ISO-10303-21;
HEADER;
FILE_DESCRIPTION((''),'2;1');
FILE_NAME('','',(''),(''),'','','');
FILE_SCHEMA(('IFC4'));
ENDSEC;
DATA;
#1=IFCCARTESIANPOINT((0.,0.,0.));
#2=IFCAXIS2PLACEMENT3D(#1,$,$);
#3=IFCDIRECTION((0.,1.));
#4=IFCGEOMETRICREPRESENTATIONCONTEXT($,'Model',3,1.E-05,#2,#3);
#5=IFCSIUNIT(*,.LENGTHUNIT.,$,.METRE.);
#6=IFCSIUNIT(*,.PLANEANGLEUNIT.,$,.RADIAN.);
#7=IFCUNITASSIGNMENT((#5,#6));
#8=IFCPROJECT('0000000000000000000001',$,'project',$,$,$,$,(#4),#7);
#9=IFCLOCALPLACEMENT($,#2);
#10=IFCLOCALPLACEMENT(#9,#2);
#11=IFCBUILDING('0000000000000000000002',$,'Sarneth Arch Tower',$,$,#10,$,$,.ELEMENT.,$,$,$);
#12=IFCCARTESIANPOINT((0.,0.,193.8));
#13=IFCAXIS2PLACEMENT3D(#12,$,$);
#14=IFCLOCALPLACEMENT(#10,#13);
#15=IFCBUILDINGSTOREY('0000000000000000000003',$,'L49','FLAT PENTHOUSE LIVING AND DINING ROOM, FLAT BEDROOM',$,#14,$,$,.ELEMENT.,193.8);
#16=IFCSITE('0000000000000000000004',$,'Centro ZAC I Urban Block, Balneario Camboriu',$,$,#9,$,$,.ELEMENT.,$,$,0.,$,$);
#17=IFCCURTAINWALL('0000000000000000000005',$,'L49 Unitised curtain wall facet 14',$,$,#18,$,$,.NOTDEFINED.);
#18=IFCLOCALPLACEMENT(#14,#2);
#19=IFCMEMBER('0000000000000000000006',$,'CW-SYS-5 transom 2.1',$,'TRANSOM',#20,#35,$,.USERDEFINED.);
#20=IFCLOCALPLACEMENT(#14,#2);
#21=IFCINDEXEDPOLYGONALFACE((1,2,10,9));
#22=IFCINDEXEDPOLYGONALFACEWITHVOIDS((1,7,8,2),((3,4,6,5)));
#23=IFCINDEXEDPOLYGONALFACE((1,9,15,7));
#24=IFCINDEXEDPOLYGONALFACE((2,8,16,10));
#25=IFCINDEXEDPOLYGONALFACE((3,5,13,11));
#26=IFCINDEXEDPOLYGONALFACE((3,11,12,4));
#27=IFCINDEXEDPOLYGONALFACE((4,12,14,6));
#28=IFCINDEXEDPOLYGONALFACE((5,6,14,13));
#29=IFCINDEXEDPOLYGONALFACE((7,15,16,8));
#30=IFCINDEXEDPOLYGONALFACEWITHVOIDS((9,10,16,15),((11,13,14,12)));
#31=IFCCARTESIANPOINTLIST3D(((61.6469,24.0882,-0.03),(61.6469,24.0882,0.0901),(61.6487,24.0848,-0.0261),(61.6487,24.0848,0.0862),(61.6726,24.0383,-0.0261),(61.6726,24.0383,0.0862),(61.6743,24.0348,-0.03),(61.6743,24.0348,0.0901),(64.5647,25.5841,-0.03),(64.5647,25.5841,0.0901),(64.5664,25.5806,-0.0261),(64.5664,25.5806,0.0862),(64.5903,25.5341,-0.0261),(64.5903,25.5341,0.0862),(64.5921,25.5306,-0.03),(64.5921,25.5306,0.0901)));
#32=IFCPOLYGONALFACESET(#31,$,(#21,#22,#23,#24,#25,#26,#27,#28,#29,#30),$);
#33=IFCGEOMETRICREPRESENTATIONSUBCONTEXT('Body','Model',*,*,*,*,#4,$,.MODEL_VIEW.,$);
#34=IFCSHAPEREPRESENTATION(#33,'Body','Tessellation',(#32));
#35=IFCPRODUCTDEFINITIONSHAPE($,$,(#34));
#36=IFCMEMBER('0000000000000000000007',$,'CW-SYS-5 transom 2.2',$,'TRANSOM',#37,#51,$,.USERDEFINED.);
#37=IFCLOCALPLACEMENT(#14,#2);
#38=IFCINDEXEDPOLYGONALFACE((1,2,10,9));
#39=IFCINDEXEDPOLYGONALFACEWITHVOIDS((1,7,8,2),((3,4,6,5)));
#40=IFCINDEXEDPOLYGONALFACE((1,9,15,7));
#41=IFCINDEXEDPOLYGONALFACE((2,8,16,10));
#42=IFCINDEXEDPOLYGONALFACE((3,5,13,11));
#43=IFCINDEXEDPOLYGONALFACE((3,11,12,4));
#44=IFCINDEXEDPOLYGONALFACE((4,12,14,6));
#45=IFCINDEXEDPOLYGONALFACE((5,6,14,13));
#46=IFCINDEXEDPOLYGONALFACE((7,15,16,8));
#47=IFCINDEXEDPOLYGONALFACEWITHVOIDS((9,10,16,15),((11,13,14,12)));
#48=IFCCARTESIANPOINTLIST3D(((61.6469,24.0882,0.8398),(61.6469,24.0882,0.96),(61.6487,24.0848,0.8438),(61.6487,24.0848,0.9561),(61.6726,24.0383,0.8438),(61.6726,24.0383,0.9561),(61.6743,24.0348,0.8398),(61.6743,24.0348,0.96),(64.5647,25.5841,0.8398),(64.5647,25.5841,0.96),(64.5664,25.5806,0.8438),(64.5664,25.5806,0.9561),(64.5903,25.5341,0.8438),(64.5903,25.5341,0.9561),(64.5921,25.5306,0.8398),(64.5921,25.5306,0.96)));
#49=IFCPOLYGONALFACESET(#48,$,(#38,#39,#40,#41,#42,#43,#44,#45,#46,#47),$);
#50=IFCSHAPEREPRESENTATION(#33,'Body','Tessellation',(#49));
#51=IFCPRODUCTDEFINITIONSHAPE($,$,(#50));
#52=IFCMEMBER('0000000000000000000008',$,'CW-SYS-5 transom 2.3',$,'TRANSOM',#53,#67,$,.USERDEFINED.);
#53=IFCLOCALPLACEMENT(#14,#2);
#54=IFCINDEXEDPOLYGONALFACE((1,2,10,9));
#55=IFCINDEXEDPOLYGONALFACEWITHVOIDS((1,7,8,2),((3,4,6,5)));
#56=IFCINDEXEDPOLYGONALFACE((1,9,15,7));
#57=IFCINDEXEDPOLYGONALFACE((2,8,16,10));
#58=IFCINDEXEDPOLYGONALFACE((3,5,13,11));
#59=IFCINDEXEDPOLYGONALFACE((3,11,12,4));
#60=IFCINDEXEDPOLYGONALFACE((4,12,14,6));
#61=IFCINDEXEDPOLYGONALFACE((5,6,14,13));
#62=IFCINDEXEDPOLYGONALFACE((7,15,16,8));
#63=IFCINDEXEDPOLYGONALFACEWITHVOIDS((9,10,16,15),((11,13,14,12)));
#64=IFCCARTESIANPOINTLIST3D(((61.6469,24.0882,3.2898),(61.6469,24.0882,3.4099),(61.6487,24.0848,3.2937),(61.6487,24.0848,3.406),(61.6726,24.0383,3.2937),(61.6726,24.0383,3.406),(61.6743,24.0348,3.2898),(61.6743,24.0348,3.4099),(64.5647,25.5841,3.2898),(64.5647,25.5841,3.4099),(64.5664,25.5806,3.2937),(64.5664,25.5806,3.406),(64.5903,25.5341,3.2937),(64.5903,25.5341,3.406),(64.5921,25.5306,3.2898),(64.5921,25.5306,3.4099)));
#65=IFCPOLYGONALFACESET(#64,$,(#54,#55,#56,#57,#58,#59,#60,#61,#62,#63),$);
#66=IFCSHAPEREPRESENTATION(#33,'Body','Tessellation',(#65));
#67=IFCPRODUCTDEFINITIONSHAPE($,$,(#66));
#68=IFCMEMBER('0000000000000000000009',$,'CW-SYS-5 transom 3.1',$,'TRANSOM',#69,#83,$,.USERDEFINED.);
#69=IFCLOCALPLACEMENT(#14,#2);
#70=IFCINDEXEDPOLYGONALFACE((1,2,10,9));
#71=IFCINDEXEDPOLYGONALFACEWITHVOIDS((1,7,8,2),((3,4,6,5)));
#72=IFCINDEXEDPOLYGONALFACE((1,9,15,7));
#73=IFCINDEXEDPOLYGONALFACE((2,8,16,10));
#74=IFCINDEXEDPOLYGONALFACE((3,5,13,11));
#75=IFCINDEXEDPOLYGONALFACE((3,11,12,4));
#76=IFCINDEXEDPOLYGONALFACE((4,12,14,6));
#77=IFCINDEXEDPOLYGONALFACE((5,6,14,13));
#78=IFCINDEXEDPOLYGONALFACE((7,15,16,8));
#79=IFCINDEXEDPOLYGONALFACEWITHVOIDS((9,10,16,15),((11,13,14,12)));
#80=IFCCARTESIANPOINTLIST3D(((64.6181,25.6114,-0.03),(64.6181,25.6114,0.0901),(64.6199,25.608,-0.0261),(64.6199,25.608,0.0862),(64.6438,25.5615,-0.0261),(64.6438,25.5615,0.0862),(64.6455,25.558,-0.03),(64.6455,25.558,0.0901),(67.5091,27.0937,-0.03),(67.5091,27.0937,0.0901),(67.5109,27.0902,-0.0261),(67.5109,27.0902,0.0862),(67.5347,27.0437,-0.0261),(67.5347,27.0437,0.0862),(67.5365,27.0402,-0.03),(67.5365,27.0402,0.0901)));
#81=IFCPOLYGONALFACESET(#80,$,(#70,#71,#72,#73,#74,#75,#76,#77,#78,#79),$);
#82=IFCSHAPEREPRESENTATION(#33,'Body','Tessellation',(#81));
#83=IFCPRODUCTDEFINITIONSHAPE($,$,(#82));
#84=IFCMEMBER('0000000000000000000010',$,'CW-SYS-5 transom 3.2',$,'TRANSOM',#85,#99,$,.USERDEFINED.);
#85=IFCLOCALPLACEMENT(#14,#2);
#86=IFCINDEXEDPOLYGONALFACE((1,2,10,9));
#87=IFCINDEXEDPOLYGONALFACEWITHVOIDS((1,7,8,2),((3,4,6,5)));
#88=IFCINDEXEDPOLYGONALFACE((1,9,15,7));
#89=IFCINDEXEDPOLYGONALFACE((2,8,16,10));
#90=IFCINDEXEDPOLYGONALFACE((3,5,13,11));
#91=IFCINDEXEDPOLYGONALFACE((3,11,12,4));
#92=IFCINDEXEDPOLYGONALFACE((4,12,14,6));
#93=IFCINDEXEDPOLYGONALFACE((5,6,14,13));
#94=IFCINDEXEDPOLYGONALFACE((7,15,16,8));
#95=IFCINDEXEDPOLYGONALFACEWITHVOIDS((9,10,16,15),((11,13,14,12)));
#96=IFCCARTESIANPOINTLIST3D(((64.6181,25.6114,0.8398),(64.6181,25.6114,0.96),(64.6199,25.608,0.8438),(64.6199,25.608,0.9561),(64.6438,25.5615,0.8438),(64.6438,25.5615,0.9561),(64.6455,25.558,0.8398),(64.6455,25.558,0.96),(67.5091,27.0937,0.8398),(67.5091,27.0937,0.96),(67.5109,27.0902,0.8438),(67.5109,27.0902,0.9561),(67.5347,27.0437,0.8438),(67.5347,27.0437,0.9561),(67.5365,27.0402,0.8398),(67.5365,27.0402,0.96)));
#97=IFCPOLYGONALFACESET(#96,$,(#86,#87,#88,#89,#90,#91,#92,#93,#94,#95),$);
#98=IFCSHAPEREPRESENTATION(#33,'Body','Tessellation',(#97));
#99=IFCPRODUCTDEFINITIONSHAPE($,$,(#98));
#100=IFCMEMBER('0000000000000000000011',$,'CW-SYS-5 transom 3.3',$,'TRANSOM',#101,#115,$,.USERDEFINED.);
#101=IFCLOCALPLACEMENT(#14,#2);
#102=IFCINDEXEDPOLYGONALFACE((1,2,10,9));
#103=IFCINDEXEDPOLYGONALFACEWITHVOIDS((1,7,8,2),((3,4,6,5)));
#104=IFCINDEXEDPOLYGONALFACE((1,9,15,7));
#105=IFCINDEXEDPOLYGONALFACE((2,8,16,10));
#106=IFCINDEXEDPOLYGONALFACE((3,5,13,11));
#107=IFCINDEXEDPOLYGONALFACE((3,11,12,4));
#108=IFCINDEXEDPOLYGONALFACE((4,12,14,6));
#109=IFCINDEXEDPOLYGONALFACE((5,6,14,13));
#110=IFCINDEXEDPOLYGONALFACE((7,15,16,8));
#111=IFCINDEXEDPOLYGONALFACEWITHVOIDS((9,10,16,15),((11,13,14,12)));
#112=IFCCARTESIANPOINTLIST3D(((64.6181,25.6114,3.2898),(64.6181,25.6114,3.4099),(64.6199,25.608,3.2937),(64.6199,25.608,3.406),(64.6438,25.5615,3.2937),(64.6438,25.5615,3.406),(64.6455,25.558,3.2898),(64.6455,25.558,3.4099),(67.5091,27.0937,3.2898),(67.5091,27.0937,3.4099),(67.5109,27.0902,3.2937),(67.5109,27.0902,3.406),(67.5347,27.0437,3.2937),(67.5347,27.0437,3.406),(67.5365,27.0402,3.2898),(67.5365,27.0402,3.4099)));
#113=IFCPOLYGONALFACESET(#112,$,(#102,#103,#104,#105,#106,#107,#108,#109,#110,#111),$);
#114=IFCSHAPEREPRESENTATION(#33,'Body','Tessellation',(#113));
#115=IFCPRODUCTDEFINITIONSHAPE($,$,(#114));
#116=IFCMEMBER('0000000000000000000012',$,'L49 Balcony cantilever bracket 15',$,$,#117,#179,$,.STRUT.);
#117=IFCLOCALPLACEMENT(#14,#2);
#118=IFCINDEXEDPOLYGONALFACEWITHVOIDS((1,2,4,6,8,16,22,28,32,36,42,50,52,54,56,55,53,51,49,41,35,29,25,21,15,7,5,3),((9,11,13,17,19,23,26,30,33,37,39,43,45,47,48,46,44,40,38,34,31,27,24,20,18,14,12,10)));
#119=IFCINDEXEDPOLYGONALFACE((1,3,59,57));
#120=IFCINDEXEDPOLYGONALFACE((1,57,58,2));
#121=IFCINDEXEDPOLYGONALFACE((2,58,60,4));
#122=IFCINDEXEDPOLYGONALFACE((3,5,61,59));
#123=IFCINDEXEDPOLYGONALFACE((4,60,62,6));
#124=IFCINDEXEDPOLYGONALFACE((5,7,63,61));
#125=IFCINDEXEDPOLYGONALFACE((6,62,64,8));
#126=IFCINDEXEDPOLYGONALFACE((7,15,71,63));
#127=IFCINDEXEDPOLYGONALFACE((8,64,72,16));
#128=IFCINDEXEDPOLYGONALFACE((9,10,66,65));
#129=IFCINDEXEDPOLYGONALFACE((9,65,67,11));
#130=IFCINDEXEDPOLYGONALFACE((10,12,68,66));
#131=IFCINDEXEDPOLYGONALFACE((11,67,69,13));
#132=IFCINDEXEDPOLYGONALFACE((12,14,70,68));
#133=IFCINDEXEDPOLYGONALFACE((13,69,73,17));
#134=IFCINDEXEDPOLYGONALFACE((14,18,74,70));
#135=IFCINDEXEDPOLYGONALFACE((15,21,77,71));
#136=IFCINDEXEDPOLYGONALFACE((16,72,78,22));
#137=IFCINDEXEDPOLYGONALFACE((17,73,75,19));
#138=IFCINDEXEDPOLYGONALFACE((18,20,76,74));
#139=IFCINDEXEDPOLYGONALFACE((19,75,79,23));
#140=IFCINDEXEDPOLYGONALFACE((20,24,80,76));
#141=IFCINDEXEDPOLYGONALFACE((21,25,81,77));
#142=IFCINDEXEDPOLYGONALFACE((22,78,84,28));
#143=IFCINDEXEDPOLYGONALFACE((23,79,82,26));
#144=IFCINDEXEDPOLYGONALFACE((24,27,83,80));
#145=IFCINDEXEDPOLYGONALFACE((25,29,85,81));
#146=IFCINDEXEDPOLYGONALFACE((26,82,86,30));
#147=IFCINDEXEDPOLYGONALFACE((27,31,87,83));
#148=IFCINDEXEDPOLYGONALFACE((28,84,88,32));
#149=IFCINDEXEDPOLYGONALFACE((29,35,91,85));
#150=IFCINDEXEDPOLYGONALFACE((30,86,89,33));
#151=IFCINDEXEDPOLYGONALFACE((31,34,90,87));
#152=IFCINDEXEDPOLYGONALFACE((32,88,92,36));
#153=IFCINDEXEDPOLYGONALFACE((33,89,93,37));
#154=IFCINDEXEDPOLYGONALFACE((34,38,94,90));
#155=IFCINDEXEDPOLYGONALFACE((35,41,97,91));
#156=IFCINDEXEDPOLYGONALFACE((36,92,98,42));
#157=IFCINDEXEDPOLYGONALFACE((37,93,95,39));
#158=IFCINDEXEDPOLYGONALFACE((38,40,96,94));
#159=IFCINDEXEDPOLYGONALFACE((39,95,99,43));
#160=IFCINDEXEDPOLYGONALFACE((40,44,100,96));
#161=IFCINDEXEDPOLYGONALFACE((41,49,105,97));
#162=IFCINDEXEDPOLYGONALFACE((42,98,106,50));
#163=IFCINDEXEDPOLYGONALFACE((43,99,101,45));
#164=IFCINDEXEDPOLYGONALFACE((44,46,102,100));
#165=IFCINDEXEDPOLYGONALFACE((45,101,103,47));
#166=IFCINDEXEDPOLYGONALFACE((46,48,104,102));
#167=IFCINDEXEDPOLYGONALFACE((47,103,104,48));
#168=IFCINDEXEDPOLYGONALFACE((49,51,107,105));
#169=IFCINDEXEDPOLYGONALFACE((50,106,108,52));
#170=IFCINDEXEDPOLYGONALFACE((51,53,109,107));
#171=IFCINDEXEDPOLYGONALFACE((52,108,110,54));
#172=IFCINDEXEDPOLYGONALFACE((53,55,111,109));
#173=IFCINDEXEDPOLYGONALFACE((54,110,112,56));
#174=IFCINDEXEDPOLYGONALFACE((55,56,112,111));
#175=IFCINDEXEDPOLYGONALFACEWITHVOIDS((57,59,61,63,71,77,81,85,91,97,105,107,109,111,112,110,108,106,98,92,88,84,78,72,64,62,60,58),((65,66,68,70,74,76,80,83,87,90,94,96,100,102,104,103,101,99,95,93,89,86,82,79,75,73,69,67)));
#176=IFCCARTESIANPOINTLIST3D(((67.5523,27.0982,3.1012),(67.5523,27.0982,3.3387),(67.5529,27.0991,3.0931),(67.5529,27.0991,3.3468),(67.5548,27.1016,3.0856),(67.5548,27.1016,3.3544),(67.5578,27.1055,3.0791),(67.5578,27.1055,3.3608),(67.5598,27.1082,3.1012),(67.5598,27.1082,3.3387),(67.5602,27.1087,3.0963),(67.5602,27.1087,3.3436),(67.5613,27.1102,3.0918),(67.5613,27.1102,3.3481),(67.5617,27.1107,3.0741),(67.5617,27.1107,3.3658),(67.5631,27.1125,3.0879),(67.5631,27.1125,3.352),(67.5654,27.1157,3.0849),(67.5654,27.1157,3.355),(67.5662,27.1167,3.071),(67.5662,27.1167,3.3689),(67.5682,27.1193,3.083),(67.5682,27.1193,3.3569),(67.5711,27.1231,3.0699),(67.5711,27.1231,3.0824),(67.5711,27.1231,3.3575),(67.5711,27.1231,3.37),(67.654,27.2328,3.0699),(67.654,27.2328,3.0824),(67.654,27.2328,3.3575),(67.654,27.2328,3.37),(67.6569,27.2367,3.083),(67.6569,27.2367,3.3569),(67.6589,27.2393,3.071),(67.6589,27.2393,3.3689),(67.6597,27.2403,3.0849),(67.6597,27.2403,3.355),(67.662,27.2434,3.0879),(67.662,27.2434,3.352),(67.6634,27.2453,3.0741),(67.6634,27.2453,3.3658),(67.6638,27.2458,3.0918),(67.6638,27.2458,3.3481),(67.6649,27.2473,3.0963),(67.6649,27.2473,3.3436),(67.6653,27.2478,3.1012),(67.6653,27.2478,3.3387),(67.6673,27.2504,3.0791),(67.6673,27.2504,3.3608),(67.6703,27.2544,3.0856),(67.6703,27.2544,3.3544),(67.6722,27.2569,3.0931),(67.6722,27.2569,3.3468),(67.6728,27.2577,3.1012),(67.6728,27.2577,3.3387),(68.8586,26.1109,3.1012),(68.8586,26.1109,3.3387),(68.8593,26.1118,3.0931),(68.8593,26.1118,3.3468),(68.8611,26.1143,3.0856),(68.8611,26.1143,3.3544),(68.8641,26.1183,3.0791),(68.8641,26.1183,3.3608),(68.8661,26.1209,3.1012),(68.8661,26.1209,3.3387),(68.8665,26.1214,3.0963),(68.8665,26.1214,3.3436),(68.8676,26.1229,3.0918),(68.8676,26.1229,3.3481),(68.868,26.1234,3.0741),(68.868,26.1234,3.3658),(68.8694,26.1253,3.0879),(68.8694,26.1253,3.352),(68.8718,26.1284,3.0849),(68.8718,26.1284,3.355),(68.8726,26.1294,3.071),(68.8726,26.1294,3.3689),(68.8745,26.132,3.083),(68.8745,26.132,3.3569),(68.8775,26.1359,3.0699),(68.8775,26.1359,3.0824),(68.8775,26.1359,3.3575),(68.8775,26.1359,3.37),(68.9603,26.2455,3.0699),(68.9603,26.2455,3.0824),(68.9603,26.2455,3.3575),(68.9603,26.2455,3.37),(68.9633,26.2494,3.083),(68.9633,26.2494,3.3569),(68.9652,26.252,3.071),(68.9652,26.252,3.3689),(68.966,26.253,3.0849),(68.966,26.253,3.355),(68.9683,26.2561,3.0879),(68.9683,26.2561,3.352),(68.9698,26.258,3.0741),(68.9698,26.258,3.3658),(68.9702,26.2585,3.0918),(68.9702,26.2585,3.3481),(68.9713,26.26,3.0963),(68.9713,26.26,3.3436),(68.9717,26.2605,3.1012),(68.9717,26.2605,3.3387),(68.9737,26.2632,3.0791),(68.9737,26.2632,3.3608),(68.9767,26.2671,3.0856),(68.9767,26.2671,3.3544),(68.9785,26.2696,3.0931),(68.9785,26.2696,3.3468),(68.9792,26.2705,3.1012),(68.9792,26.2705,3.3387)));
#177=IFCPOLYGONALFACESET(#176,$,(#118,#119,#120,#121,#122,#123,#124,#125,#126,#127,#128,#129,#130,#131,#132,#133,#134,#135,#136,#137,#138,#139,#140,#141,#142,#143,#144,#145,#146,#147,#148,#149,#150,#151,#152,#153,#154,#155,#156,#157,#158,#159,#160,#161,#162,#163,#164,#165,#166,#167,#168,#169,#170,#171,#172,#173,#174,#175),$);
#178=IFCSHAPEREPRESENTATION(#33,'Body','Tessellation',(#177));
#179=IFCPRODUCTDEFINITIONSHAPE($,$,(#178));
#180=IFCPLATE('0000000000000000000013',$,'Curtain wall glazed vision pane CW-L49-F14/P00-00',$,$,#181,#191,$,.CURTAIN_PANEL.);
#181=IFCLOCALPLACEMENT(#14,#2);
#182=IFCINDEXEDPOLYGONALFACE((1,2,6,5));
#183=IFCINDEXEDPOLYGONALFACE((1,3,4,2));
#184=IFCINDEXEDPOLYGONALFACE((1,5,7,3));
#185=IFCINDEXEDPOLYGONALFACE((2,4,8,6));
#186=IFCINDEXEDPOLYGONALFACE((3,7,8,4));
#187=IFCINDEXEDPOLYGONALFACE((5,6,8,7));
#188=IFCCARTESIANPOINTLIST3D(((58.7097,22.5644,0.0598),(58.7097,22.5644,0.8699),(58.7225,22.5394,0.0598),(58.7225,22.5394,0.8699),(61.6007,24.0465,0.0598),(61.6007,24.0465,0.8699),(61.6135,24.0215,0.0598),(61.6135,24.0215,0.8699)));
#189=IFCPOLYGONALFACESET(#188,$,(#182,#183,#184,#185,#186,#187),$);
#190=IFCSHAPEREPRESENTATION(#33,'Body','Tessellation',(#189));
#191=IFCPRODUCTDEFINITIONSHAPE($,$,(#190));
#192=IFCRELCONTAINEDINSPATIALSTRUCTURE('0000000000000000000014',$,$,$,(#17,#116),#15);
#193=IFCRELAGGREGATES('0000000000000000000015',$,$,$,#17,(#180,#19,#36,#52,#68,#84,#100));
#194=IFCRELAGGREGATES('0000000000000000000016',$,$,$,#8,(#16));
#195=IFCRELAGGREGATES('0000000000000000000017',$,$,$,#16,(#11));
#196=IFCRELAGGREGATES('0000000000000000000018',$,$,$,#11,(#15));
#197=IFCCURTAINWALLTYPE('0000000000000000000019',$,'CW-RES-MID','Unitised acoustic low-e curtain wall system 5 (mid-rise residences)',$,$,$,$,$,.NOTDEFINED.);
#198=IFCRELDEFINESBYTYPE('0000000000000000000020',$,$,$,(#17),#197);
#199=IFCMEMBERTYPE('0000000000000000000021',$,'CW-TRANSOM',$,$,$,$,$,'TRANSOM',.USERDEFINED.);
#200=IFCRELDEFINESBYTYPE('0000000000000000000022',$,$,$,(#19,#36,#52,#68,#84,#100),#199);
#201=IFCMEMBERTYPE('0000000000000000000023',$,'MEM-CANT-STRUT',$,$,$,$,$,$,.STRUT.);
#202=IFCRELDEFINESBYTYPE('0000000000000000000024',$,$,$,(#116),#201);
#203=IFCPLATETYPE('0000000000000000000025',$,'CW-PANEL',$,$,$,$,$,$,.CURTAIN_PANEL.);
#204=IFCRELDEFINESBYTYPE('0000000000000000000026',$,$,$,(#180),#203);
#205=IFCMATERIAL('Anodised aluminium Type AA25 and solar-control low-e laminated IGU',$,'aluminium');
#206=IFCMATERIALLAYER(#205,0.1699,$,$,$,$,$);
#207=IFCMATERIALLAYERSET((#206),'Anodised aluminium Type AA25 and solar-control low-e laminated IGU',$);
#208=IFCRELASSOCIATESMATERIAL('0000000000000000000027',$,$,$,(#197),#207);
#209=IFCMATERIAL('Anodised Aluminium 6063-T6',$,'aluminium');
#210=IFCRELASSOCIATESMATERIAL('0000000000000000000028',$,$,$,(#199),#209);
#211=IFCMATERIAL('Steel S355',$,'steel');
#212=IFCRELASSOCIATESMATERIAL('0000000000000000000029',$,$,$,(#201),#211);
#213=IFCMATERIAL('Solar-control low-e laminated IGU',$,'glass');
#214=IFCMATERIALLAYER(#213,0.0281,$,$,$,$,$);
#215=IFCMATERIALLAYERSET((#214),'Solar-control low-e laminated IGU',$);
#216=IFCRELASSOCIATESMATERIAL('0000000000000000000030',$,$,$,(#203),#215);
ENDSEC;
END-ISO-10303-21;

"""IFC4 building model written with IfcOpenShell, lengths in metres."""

from ifc_helpers import new_model, si_unit, direction, frame, origin, origin_2d, place, context, subcontext, project, spatial, rectangle, hollow_rectangle, extrude, material, layer, layer_set, material_profile, profile_set, type_object, element, aggregate, save


model = new_model("IFC4")

# Units and contexts
model_context = context("Model", 3, precision=1e-05, world=origin(), true_north=direction((0.0, 1.0)))
body_context = subcontext(model_context, "Body", "Model", "MODEL_VIEW")
ifc_project = project(units=[si_unit("LENGTHUNIT", "METRE"), si_unit("PLANEANGLEUNIT", "RADIAN")], contexts=[model_context])

# Site, building, storey
site_placement = place(None, origin())
site = spatial("IfcSite", under=ifc_project, at=site_placement, Name="Centro ZAC I Urban Block, Balneario Camboriu", CompositionType="ELEMENT", RefElevation=0.0)
building_placement = place(site_placement, origin())
building = spatial("IfcBuilding", under=site, at=building_placement, Name="Sarneth Arch Tower", CompositionType="ELEMENT")
storey_placement = place(building_placement, frame((0.0, 0.0, 193.8)))
storey = spatial("IfcBuildingStorey", under=building, at=storey_placement, Name="L49", Description="FLAT PENTHOUSE LIVING AND DINING ROOM, FLAT BEDROOM", CompositionType="ELEMENT", Elevation=193.8)

# Curtain wall, members
ifc_material_1 = material(Name="Anodised aluminium Type AA25 and solar-control low-e laminated IGU", Category="aluminium")
ifc_layer_1 = layer(ifc_material_1, 0.1699)
ifc_layer_set_1 = layer_set([ifc_layer_1], Name="Anodised aluminium Type AA25 and solar-control low-e laminated IGU")
curtain_wall_type = type_object("IfcCurtainWallType", Name="CW-RES-MID", Description="Unitised acoustic low-e curtain wall system 5 (mid-rise residences)", PredefinedType="NOTDEFINED", material=ifc_layer_set_1)
curtain_wall_placement = place(storey_placement, origin())
curtain_wall = element("IfcCurtainWall", 1, at=curtain_wall_placement, inside=storey, type_object=curtain_wall_type, Name="L49 Unitised curtain wall facet 14", PredefinedType="NOTDEFINED")
ifc_material_2 = material(Name="Anodised Aluminium 6063-T6", Category="aluminium")
ifc_material_profile_1 = material_profile(ifc_material_2, hollow_rectangle(XDim=0.0601, YDim=0.1201, WallThickness=0.0039, at=origin_2d()), Name="AL-TRAN-120x60x4")
ifc_profile_set_1 = profile_set([ifc_material_profile_1], Name="Anodised Aluminium 6063-T6")
member_type_1 = type_object("IfcMemberType", Name="CW-TRANSOM", ElementType="TRANSOM", PredefinedType="USERDEFINED", material=ifc_profile_set_1)
member_1_placement = place(storey_placement, frame((61.6606, 24.0615, 0.03), z_axis=(0.889869, 0.456215, 0.0), x_axis=(-0.456215, 0.889869, 0.0)))
member_1 = element("IfcMember", 2, at=member_1_placement, type_object=member_type_1, Name="CW-SYS-5 transom 2.1", ObjectType="TRANSOM", PredefinedType="USERDEFINED", context=body_context, shape_type="SweptSolid", body=[
    extrude(hollow_rectangle(XDim=0.0601, YDim=0.1201, WallThickness=0.0039, at=origin_2d()), origin(), (0.0, 0.0, 1.0), 3.2788),
])
member_2_placement = place(storey_placement, frame((61.6606, 24.0615, 0.8999), z_axis=(0.889869, 0.456215, 0.0), x_axis=(-0.456215, 0.889869, 0.0)))
member_2 = element("IfcMember", 3, at=member_2_placement, type_object=member_type_1, Name="CW-SYS-5 transom 2.2", ObjectType="TRANSOM", PredefinedType="USERDEFINED", context=body_context, shape_type="SweptSolid", body=[
    extrude(hollow_rectangle(XDim=0.0601, YDim=0.1201, WallThickness=0.0039, at=origin_2d()), origin(), (0.0, 0.0, 1.0), 3.2788),
])
member_3_placement = place(storey_placement, frame((61.6606, 24.0615, 3.3499), z_axis=(0.889869, 0.456215, 0.0), x_axis=(-0.456215, 0.889869, 0.0)))
member_3 = element("IfcMember", 4, at=member_3_placement, type_object=member_type_1, Name="CW-SYS-5 transom 2.3", ObjectType="TRANSOM", PredefinedType="USERDEFINED", context=body_context, shape_type="SweptSolid", body=[
    extrude(hollow_rectangle(XDim=0.0601, YDim=0.1201, WallThickness=0.0039, at=origin_2d()), origin(), (0.0, 0.0, 1.0), 3.2788),
])
member_4_placement = place(storey_placement, frame((64.6318, 25.5847, 0.03), z_axis=(0.889857, 0.456239, 0.0), x_axis=(-0.456239, 0.889857, 0.0)))
member_4 = element("IfcMember", 5, at=member_4_placement, type_object=member_type_1, Name="CW-SYS-5 transom 3.1", ObjectType="TRANSOM", PredefinedType="USERDEFINED", context=body_context, shape_type="SweptSolid", body=[
    extrude(hollow_rectangle(XDim=0.0601, YDim=0.1201, WallThickness=0.0039, at=origin_2d()), origin(), (0.0, 0.0, 1.0), 3.2488),
])
member_5_placement = place(storey_placement, frame((64.6318, 25.5847, 0.8999), z_axis=(0.889857, 0.456239, 0.0), x_axis=(-0.456239, 0.889857, 0.0)))
member_5 = element("IfcMember", 6, at=member_5_placement, type_object=member_type_1, Name="CW-SYS-5 transom 3.2", ObjectType="TRANSOM", PredefinedType="USERDEFINED", context=body_context, shape_type="SweptSolid", body=[
    extrude(hollow_rectangle(XDim=0.0601, YDim=0.1201, WallThickness=0.0039, at=origin_2d()), origin(), (0.0, 0.0, 1.0), 3.2488),
])
member_6_placement = place(storey_placement, frame((64.6318, 25.5847, 3.3499), z_axis=(0.889857, 0.456239, 0.0), x_axis=(-0.456239, 0.889857, 0.0)))
member_6 = element("IfcMember", 7, at=member_6_placement, type_object=member_type_1, Name="CW-SYS-5 transom 3.3", ObjectType="TRANSOM", PredefinedType="USERDEFINED", context=body_context, shape_type="SweptSolid", body=[
    extrude(hollow_rectangle(XDim=0.0601, YDim=0.1201, WallThickness=0.0039, at=origin_2d()), origin(), (0.0, 0.0, 1.0), 3.2488),
])

# Member
ifc_material_3 = material(Name="Steel S355", Category="steel")
ifc_material_profile_2 = material_profile(ifc_material_3, hollow_rectangle(XDim=0.2, YDim=0.3, WallThickness=0.0125, InnerFilletRadius=0.0188, OuterFilletRadius=0.0312, at=origin_2d()), Name="RHS300x200x12.5")
ifc_profile_set_2 = profile_set([ifc_material_profile_2], Name="Steel S355")
member_type_2 = type_object("IfcMemberType", Name="MEM-CANT-STRUT", PredefinedType="STRUT", material=ifc_profile_set_2)
member_7_placement = place(storey_placement, frame((67.6125, 27.178, 3.22), z_axis=(0.797794, -0.60293, 0.0), x_axis=(0.60293, 0.797794, 0.0)))
element("IfcMember", 8, at=member_7_placement, inside=storey, type_object=member_type_2, Name="L49 Balcony cantilever bracket 15", PredefinedType="STRUT", context=body_context, shape_type="SweptSolid", body=[
    extrude(hollow_rectangle(XDim=0.2, YDim=0.3, WallThickness=0.0125, InnerFilletRadius=0.0188, OuterFilletRadius=0.0312, at=origin_2d()), origin(), (0.0, 0.0, 1.0), 1.6375),
])

# Plate
ifc_material_4 = material(Name="Solar-control low-e laminated IGU", Category="glass")
ifc_layer_2 = layer(ifc_material_4, 0.0281)
ifc_layer_set_2 = layer_set([ifc_layer_2], Name="Solar-control low-e laminated IGU")
plate_type_1 = type_object("IfcPlateType", Name="CW-PANEL", PredefinedType="CURTAIN_PANEL", material=ifc_layer_set_2)
plate_1_placement = place(storey_placement, frame((60.1616, 23.293, 0.0598), z_axis=(0.0, 0.0, 1.0), x_axis=(0.889873, 0.456208, 0.0)))
plate_1 = element("IfcPlate", 9, at=plate_1_placement, type_object=plate_type_1, Name="Curtain wall glazed vision pane CW-L49-F14/P00-00", PredefinedType="CURTAIN_PANEL", context=body_context, shape_type="SweptSolid", body=[
    extrude(rectangle(XDim=3.2488, YDim=0.0281, at=origin_2d()), origin(), (0.0, 0.0, 1.0), 0.8101),
])
aggregate(curtain_wall, [plate_1, member_1, member_2, member_3, member_4, member_5, member_6])

save(model, "model.ifc")
